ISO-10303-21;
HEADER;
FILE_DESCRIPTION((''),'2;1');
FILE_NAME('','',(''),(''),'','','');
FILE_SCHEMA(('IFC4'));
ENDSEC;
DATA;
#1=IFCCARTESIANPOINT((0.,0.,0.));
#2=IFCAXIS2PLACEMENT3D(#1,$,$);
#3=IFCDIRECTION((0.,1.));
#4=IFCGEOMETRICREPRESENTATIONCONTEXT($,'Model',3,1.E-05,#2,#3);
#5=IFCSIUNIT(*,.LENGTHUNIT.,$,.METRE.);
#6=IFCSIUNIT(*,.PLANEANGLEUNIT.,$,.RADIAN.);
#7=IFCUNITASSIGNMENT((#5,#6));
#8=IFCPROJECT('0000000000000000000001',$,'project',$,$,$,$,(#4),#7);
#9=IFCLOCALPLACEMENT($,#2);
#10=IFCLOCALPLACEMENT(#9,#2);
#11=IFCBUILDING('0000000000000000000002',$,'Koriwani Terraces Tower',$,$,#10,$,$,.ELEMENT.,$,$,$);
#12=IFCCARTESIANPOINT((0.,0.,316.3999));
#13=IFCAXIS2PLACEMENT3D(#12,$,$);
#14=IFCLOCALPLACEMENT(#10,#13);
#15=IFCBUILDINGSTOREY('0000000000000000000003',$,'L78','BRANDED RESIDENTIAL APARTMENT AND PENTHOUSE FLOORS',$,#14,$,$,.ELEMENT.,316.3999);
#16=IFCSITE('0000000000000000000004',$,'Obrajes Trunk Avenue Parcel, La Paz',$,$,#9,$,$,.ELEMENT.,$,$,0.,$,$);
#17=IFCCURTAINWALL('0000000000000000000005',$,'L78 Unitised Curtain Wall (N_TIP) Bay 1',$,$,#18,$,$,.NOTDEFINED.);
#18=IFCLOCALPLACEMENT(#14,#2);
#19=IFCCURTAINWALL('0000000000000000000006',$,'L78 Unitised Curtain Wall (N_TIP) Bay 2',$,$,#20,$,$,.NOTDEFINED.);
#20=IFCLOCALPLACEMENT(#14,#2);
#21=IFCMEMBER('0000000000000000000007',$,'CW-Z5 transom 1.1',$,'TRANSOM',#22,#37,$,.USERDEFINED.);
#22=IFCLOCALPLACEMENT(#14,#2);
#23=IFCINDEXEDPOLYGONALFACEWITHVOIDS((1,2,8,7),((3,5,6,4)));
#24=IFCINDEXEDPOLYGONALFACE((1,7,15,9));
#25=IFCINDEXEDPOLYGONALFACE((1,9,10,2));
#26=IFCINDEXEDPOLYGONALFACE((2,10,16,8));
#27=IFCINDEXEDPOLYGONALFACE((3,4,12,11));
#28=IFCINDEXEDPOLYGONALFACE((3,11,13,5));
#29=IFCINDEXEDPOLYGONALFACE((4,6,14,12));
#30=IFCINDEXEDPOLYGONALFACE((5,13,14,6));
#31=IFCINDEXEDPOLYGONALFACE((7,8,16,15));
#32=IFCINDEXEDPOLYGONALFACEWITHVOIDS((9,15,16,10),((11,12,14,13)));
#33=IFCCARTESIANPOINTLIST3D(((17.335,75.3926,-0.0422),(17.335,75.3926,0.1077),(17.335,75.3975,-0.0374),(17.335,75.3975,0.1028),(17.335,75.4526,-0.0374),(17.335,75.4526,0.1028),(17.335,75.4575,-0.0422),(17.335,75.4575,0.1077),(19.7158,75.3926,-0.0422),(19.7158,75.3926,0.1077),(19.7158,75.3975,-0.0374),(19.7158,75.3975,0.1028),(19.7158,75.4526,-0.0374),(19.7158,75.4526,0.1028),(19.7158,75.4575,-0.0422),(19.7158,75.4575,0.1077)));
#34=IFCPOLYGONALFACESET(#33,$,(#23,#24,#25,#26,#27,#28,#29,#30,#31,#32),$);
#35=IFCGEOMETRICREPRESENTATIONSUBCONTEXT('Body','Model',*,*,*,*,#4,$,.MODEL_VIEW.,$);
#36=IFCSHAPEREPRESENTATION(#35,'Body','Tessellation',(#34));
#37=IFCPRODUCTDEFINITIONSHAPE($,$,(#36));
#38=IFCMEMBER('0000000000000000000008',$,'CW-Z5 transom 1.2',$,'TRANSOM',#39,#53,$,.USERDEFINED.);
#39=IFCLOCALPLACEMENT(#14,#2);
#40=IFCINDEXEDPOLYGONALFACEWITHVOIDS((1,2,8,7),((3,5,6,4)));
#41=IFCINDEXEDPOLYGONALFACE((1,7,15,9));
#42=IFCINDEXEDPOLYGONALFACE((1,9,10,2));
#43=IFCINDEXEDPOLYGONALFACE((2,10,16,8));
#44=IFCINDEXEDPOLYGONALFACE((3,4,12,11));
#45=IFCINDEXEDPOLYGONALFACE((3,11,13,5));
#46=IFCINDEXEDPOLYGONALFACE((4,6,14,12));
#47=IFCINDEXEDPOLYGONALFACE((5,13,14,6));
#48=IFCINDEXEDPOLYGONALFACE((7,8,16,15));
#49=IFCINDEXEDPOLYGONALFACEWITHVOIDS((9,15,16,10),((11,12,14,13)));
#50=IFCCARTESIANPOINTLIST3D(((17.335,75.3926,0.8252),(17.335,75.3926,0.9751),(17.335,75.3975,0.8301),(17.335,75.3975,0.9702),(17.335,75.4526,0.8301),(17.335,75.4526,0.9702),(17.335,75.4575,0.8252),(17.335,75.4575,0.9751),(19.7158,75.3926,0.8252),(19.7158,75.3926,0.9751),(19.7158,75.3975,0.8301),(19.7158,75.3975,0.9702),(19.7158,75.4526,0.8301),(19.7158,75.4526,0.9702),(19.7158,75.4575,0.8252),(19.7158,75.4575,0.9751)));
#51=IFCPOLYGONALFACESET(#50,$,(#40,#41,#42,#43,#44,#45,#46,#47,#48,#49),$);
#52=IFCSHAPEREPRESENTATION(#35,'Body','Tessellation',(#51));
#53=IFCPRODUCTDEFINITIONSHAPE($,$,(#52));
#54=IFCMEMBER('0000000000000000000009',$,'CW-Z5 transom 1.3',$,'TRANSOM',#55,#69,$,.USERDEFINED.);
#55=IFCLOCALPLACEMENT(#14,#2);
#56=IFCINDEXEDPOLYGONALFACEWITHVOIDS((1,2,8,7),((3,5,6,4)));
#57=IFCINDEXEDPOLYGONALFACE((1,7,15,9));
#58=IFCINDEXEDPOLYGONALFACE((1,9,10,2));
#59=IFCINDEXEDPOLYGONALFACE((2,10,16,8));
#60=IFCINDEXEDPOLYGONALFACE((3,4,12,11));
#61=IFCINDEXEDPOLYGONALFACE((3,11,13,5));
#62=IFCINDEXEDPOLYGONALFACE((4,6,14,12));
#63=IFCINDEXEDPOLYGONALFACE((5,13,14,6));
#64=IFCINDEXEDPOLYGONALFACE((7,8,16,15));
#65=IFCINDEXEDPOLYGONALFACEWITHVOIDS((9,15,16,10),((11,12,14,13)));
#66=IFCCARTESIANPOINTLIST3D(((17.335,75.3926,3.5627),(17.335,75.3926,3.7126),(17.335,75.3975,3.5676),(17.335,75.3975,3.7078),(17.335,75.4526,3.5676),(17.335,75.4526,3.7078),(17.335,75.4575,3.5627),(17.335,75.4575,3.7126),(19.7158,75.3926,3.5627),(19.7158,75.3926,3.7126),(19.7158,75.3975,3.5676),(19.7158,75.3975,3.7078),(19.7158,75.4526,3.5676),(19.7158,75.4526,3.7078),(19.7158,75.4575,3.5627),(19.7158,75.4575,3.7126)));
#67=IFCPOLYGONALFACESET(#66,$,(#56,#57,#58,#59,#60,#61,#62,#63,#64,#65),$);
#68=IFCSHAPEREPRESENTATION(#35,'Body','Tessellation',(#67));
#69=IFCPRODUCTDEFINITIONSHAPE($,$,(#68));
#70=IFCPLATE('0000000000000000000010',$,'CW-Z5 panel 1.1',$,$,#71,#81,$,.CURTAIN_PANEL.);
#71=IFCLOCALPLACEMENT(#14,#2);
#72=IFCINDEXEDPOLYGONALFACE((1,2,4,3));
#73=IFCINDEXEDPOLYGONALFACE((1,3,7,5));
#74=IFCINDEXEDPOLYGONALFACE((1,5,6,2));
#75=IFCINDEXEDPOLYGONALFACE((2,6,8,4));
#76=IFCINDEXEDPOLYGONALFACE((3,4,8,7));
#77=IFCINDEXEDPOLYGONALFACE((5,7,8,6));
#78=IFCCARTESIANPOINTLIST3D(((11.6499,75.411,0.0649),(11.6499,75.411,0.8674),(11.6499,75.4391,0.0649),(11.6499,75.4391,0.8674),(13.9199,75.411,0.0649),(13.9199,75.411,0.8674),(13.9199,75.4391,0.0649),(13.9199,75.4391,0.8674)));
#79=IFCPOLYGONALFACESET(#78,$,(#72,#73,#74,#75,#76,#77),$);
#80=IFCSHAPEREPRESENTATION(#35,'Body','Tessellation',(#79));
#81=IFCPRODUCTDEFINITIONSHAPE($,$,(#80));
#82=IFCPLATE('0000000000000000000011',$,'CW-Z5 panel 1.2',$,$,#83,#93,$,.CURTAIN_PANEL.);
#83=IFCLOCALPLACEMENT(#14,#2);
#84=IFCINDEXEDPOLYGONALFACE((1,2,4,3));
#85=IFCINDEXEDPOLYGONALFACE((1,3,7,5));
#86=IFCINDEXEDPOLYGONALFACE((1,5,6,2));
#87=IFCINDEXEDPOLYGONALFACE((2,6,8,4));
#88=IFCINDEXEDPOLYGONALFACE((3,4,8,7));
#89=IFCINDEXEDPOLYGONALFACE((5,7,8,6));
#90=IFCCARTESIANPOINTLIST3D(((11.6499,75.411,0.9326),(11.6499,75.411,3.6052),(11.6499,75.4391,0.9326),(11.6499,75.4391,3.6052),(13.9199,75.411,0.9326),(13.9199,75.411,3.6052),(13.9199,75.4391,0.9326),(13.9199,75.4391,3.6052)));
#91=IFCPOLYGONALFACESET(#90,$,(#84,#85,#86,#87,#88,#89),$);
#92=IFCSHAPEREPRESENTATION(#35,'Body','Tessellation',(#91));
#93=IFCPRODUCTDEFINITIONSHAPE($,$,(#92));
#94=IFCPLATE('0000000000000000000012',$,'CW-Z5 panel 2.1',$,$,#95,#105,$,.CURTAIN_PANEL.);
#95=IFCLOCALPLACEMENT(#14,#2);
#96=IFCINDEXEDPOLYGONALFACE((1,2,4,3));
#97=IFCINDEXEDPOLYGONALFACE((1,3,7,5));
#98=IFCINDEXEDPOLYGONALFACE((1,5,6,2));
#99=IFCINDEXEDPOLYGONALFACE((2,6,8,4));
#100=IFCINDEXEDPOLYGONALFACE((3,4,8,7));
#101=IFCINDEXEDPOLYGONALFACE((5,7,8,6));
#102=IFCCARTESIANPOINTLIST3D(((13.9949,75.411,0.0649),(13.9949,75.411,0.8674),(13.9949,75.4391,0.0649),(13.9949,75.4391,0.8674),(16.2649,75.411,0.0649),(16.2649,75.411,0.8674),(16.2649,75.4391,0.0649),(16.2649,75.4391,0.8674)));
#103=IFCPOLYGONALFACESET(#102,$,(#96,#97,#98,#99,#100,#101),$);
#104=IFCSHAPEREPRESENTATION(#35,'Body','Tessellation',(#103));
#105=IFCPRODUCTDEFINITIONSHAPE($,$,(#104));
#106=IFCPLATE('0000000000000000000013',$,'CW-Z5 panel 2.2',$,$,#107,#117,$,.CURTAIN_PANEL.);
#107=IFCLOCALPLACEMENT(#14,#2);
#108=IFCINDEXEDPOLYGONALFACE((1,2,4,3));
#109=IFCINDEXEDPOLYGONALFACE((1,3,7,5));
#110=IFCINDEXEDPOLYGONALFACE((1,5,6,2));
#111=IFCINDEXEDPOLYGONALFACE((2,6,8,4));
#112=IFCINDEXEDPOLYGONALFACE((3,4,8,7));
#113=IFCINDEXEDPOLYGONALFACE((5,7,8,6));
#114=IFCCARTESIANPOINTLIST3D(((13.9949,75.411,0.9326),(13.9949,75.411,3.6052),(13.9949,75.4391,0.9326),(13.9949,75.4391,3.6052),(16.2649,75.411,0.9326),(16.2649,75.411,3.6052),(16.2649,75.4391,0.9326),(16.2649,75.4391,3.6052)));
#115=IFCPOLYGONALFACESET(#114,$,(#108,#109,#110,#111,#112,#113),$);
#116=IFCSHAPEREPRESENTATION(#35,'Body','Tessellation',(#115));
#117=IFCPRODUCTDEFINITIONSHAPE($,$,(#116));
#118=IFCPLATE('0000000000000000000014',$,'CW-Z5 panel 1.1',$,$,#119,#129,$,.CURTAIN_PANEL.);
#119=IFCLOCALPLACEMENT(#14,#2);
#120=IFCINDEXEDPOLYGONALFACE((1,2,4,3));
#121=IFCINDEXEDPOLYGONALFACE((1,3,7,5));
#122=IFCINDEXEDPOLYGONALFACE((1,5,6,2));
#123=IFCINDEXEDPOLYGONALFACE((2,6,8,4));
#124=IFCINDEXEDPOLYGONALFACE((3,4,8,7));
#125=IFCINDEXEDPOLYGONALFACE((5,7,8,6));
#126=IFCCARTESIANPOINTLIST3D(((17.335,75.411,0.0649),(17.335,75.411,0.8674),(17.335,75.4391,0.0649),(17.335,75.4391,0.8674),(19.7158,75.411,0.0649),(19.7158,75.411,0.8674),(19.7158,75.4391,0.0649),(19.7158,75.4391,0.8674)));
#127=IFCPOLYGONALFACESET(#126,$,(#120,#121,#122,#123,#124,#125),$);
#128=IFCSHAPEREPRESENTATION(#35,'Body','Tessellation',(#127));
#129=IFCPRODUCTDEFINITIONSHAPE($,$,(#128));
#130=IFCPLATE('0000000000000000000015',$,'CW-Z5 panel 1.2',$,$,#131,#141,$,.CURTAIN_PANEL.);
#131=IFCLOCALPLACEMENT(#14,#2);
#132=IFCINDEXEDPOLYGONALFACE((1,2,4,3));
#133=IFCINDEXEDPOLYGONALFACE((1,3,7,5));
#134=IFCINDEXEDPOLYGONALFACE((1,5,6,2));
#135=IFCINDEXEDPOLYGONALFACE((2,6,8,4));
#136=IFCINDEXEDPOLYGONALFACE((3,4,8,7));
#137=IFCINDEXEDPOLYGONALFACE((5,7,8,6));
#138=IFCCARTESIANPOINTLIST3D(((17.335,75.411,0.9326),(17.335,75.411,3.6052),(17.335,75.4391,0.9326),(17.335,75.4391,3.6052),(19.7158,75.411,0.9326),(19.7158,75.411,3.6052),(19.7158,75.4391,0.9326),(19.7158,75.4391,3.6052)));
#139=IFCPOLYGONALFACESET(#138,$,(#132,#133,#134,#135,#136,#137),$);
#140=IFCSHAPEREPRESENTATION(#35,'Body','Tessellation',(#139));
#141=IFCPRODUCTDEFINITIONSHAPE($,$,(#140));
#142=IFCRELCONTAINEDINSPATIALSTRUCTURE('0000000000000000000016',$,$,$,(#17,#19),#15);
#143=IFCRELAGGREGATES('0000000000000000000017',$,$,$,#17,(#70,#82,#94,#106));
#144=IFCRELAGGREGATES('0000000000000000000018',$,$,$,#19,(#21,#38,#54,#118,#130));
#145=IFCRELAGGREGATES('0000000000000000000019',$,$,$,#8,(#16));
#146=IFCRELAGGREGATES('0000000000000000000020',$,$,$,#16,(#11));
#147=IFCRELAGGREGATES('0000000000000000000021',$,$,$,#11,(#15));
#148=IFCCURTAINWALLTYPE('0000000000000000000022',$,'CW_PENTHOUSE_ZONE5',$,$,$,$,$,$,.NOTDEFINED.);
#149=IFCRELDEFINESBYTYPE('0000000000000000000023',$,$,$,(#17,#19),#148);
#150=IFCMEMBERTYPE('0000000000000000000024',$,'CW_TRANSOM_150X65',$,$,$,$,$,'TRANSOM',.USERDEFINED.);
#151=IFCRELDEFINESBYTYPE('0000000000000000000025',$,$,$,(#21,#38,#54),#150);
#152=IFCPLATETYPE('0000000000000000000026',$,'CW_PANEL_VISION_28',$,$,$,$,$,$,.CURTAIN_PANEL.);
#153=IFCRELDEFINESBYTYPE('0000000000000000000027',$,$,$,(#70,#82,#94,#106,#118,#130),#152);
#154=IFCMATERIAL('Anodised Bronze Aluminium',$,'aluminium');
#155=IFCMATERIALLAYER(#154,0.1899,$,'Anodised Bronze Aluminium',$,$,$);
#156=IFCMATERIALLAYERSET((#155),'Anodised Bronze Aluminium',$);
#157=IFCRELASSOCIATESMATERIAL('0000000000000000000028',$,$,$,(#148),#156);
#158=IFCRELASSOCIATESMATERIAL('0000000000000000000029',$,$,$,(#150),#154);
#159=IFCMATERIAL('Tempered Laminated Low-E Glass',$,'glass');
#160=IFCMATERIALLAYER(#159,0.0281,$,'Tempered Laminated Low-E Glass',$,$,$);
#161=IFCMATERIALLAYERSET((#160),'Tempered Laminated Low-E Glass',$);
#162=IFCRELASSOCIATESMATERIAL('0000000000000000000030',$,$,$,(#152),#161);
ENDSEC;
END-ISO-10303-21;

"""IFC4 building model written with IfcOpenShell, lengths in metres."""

from ifc_helpers import new_model, si_unit, direction, frame, origin, origin_2d, place, context, subcontext, project, spatial, rectangle, hollow_rectangle, extrude, material, layer, layer_set, material_profile, profile_set, type_object, element, aggregate, save


model = new_model("IFC4")

# Units and contexts
model_context = context("Model", 3, precision=1e-05, world=origin(), true_north=direction((0.0, 1.0)))
body_context = subcontext(model_context, "Body", "Model", "MODEL_VIEW")
ifc_project = project(units=[si_unit("LENGTHUNIT", "METRE"), si_unit("PLANEANGLEUNIT", "RADIAN")], contexts=[model_context])

# Site, building, storey
site_placement = place(None, origin())
site = spatial("IfcSite", under=ifc_project, at=site_placement, Name="Obrajes Trunk Avenue Parcel, La Paz", CompositionType="ELEMENT", RefElevation=0.0)
building_placement = place(site_placement, origin())
building = spatial("IfcBuilding", under=site, at=building_placement, Name="Koriwani Terraces Tower", CompositionType="ELEMENT")
storey_placement = place(building_placement, frame((0.0, 0.0, 316.3999)))
storey = spatial("IfcBuildingStorey", under=building, at=storey_placement, Name="L78", Description="BRANDED RESIDENTIAL APARTMENT AND PENTHOUSE FLOORS", CompositionType="ELEMENT", Elevation=316.3999)

# Curtain wall
ifc_material_1 = material(Name="Anodised Bronze Aluminium", Category="aluminium")
ifc_layer_1 = layer(ifc_material_1, 0.1899, Name="Anodised Bronze Aluminium")
ifc_layer_set_1 = layer_set([ifc_layer_1], Name="Anodised Bronze Aluminium")
curtain_wall_type = type_object("IfcCurtainWallType", Name="CW_PENTHOUSE_ZONE5", PredefinedType="NOTDEFINED", material=ifc_layer_set_1)
curtain_wall_1_placement = place(storey_placement, origin())
curtain_wall_1 = element("IfcCurtainWall", 1, at=curtain_wall_1_placement, inside=storey, type_object=curtain_wall_type, Name="L78 Unitised Curtain Wall (N_TIP) Bay 1", PredefinedType="NOTDEFINED")

# Curtain wall
curtain_wall_2_placement = place(storey_placement, origin())
curtain_wall_2 = element("IfcCurtainWall", 2, at=curtain_wall_2_placement, inside=storey, type_object=curtain_wall_type, Name="L78 Unitised Curtain Wall (N_TIP) Bay 2", PredefinedType="NOTDEFINED")

# Members
ifc_material_profile_1 = material_profile(ifc_material_1, hollow_rectangle(XDim=0.0649, YDim=0.1499, WallThickness=0.0049, at=origin_2d()), Name="Anodised Bronze Aluminium", Category="LoadBearing")
ifc_profile_set_1 = profile_set([ifc_material_profile_1], Name="Anodised Bronze Aluminium")
member_type_1 = type_object("IfcMemberType", Name="CW_TRANSOM_150X65", ElementType="TRANSOM", PredefinedType="USERDEFINED", material=ifc_profile_set_1)
member_1_placement = place(storey_placement, frame((17.335, 75.425, 0.0327), z_axis=(1.0, 0.0, 0.0), x_axis=(0.0, 1.0, 0.0)))
member_1 = element("IfcMember", 3, at=member_1_placement, type_object=member_type_1, Name="CW-Z5 transom 1.1", ObjectType="TRANSOM", PredefinedType="USERDEFINED", context=body_context, shape_type="SweptSolid", body=[
    extrude(hollow_rectangle(XDim=0.0649, YDim=0.1499, WallThickness=0.0049, at=origin_2d()), origin(), (0.0, 0.0, 1.0), 2.3809),
])
member_2_placement = place(storey_placement, frame((17.335, 75.425, 0.9001), z_axis=(1.0, 0.0, 0.0), x_axis=(0.0, 1.0, 0.0)))
member_2 = element("IfcMember", 4, at=member_2_placement, type_object=member_type_1, Name="CW-Z5 transom 1.2", ObjectType="TRANSOM", PredefinedType="USERDEFINED", context=body_context, shape_type="SweptSolid", body=[
    extrude(hollow_rectangle(XDim=0.0649, YDim=0.1499, WallThickness=0.0049, at=origin_2d()), origin(), (0.0, 0.0, 1.0), 2.3809),
])
member_3_placement = place(storey_placement, frame((17.335, 75.425, 3.6377), z_axis=(1.0, 0.0, 0.0), x_axis=(0.0, 1.0, 0.0)))
member_3 = element("IfcMember", 5, at=member_3_placement, type_object=member_type_1, Name="CW-Z5 transom 1.3", ObjectType="TRANSOM", PredefinedType="USERDEFINED", context=body_context, shape_type="SweptSolid", body=[
    extrude(hollow_rectangle(XDim=0.0649, YDim=0.1499, WallThickness=0.0049, at=origin_2d()), origin(), (0.0, 0.0, 1.0), 2.3809),
])

# Plates
ifc_material_2 = material(Name="Tempered Laminated Low-E Glass", Category="glass")
ifc_layer_2 = layer(ifc_material_2, 0.0281, Name="Tempered Laminated Low-E Glass")
ifc_layer_set_2 = layer_set([ifc_layer_2], Name="Tempered Laminated Low-E Glass")
plate_type = type_object("IfcPlateType", Name="CW_PANEL_VISION_28", PredefinedType="CURTAIN_PANEL", material=ifc_layer_set_2)
plate_1_placement = place(storey_placement, frame((12.7849, 75.425, 0.0649), z_axis=(0.0, 0.0, 1.0), x_axis=(1.0, 0.0, 0.0)))
plate_1 = element("IfcPlate", 6, at=plate_1_placement, type_object=plate_type, Name="CW-Z5 panel 1.1", PredefinedType="CURTAIN_PANEL", context=body_context, shape_type="SweptSolid", body=[
    extrude(rectangle(XDim=2.27, YDim=0.0281, at=origin_2d()), origin(), (0.0, 0.0, 1.0), 0.8025),
])
plate_2_placement = place(storey_placement, frame((12.7849, 75.425, 0.9326), z_axis=(0.0, 0.0, 1.0), x_axis=(1.0, 0.0, 0.0)))
plate_2 = element("IfcPlate", 7, at=plate_2_placement, type_object=plate_type, Name="CW-Z5 panel 1.2", PredefinedType="CURTAIN_PANEL", context=body_context, shape_type="SweptSolid", body=[
    extrude(rectangle(XDim=2.27, YDim=0.0281, at=origin_2d()), origin(), (0.0, 0.0, 1.0), 2.6726),
])
plate_3_placement = place(storey_placement, frame((15.1299, 75.425, 0.0649), z_axis=(0.0, 0.0, 1.0), x_axis=(1.0, 0.0, 0.0)))
plate_3 = element("IfcPlate", 8, at=plate_3_placement, type_object=plate_type, Name="CW-Z5 panel 2.1", PredefinedType="CURTAIN_PANEL", context=body_context, shape_type="SweptSolid", body=[
    extrude(rectangle(XDim=2.27, YDim=0.0281, at=origin_2d()), origin(), (0.0, 0.0, 1.0), 0.8025),
])
plate_4_placement = place(storey_placement, frame((15.1299, 75.425, 0.9326), z_axis=(0.0, 0.0, 1.0), x_axis=(1.0, 0.0, 0.0)))
plate_4 = element("IfcPlate", 9, at=plate_4_placement, type_object=plate_type, Name="CW-Z5 panel 2.2", PredefinedType="CURTAIN_PANEL", context=body_context, shape_type="SweptSolid", body=[
    extrude(rectangle(XDim=2.27, YDim=0.0281, at=origin_2d()), origin(), (0.0, 0.0, 1.0), 2.6726),
])
aggregate(curtain_wall_1, [plate_1, plate_2, plate_3, plate_4])
plate_5_placement = place(storey_placement, frame((18.5254, 75.425, 0.0649), z_axis=(0.0, 0.0, 1.0), x_axis=(1.0, 0.0, 0.0)))
plate_5 = element("IfcPlate", 10, at=plate_5_placement, type_object=plate_type, Name="CW-Z5 panel 1.1", PredefinedType="CURTAIN_PANEL", context=body_context, shape_type="SweptSolid", body=[
    extrude(rectangle(XDim=2.3809, YDim=0.0281, at=origin_2d()), origin(), (0.0, 0.0, 1.0), 0.8025),
])
plate_6_placement = place(storey_placement, frame((18.5254, 75.425, 0.9326), z_axis=(0.0, 0.0, 1.0), x_axis=(1.0, 0.0, 0.0)))
plate_6 = element("IfcPlate", 11, at=plate_6_placement, type_object=plate_type, Name="CW-Z5 panel 1.2", PredefinedType="CURTAIN_PANEL", context=body_context, shape_type="SweptSolid", body=[
    extrude(rectangle(XDim=2.3809, YDim=0.0281, at=origin_2d()), origin(), (0.0, 0.0, 1.0), 2.6726),
])
aggregate(curtain_wall_2, [member_1, member_2, member_3, plate_5, plate_6])

save(model, "model.ifc")
